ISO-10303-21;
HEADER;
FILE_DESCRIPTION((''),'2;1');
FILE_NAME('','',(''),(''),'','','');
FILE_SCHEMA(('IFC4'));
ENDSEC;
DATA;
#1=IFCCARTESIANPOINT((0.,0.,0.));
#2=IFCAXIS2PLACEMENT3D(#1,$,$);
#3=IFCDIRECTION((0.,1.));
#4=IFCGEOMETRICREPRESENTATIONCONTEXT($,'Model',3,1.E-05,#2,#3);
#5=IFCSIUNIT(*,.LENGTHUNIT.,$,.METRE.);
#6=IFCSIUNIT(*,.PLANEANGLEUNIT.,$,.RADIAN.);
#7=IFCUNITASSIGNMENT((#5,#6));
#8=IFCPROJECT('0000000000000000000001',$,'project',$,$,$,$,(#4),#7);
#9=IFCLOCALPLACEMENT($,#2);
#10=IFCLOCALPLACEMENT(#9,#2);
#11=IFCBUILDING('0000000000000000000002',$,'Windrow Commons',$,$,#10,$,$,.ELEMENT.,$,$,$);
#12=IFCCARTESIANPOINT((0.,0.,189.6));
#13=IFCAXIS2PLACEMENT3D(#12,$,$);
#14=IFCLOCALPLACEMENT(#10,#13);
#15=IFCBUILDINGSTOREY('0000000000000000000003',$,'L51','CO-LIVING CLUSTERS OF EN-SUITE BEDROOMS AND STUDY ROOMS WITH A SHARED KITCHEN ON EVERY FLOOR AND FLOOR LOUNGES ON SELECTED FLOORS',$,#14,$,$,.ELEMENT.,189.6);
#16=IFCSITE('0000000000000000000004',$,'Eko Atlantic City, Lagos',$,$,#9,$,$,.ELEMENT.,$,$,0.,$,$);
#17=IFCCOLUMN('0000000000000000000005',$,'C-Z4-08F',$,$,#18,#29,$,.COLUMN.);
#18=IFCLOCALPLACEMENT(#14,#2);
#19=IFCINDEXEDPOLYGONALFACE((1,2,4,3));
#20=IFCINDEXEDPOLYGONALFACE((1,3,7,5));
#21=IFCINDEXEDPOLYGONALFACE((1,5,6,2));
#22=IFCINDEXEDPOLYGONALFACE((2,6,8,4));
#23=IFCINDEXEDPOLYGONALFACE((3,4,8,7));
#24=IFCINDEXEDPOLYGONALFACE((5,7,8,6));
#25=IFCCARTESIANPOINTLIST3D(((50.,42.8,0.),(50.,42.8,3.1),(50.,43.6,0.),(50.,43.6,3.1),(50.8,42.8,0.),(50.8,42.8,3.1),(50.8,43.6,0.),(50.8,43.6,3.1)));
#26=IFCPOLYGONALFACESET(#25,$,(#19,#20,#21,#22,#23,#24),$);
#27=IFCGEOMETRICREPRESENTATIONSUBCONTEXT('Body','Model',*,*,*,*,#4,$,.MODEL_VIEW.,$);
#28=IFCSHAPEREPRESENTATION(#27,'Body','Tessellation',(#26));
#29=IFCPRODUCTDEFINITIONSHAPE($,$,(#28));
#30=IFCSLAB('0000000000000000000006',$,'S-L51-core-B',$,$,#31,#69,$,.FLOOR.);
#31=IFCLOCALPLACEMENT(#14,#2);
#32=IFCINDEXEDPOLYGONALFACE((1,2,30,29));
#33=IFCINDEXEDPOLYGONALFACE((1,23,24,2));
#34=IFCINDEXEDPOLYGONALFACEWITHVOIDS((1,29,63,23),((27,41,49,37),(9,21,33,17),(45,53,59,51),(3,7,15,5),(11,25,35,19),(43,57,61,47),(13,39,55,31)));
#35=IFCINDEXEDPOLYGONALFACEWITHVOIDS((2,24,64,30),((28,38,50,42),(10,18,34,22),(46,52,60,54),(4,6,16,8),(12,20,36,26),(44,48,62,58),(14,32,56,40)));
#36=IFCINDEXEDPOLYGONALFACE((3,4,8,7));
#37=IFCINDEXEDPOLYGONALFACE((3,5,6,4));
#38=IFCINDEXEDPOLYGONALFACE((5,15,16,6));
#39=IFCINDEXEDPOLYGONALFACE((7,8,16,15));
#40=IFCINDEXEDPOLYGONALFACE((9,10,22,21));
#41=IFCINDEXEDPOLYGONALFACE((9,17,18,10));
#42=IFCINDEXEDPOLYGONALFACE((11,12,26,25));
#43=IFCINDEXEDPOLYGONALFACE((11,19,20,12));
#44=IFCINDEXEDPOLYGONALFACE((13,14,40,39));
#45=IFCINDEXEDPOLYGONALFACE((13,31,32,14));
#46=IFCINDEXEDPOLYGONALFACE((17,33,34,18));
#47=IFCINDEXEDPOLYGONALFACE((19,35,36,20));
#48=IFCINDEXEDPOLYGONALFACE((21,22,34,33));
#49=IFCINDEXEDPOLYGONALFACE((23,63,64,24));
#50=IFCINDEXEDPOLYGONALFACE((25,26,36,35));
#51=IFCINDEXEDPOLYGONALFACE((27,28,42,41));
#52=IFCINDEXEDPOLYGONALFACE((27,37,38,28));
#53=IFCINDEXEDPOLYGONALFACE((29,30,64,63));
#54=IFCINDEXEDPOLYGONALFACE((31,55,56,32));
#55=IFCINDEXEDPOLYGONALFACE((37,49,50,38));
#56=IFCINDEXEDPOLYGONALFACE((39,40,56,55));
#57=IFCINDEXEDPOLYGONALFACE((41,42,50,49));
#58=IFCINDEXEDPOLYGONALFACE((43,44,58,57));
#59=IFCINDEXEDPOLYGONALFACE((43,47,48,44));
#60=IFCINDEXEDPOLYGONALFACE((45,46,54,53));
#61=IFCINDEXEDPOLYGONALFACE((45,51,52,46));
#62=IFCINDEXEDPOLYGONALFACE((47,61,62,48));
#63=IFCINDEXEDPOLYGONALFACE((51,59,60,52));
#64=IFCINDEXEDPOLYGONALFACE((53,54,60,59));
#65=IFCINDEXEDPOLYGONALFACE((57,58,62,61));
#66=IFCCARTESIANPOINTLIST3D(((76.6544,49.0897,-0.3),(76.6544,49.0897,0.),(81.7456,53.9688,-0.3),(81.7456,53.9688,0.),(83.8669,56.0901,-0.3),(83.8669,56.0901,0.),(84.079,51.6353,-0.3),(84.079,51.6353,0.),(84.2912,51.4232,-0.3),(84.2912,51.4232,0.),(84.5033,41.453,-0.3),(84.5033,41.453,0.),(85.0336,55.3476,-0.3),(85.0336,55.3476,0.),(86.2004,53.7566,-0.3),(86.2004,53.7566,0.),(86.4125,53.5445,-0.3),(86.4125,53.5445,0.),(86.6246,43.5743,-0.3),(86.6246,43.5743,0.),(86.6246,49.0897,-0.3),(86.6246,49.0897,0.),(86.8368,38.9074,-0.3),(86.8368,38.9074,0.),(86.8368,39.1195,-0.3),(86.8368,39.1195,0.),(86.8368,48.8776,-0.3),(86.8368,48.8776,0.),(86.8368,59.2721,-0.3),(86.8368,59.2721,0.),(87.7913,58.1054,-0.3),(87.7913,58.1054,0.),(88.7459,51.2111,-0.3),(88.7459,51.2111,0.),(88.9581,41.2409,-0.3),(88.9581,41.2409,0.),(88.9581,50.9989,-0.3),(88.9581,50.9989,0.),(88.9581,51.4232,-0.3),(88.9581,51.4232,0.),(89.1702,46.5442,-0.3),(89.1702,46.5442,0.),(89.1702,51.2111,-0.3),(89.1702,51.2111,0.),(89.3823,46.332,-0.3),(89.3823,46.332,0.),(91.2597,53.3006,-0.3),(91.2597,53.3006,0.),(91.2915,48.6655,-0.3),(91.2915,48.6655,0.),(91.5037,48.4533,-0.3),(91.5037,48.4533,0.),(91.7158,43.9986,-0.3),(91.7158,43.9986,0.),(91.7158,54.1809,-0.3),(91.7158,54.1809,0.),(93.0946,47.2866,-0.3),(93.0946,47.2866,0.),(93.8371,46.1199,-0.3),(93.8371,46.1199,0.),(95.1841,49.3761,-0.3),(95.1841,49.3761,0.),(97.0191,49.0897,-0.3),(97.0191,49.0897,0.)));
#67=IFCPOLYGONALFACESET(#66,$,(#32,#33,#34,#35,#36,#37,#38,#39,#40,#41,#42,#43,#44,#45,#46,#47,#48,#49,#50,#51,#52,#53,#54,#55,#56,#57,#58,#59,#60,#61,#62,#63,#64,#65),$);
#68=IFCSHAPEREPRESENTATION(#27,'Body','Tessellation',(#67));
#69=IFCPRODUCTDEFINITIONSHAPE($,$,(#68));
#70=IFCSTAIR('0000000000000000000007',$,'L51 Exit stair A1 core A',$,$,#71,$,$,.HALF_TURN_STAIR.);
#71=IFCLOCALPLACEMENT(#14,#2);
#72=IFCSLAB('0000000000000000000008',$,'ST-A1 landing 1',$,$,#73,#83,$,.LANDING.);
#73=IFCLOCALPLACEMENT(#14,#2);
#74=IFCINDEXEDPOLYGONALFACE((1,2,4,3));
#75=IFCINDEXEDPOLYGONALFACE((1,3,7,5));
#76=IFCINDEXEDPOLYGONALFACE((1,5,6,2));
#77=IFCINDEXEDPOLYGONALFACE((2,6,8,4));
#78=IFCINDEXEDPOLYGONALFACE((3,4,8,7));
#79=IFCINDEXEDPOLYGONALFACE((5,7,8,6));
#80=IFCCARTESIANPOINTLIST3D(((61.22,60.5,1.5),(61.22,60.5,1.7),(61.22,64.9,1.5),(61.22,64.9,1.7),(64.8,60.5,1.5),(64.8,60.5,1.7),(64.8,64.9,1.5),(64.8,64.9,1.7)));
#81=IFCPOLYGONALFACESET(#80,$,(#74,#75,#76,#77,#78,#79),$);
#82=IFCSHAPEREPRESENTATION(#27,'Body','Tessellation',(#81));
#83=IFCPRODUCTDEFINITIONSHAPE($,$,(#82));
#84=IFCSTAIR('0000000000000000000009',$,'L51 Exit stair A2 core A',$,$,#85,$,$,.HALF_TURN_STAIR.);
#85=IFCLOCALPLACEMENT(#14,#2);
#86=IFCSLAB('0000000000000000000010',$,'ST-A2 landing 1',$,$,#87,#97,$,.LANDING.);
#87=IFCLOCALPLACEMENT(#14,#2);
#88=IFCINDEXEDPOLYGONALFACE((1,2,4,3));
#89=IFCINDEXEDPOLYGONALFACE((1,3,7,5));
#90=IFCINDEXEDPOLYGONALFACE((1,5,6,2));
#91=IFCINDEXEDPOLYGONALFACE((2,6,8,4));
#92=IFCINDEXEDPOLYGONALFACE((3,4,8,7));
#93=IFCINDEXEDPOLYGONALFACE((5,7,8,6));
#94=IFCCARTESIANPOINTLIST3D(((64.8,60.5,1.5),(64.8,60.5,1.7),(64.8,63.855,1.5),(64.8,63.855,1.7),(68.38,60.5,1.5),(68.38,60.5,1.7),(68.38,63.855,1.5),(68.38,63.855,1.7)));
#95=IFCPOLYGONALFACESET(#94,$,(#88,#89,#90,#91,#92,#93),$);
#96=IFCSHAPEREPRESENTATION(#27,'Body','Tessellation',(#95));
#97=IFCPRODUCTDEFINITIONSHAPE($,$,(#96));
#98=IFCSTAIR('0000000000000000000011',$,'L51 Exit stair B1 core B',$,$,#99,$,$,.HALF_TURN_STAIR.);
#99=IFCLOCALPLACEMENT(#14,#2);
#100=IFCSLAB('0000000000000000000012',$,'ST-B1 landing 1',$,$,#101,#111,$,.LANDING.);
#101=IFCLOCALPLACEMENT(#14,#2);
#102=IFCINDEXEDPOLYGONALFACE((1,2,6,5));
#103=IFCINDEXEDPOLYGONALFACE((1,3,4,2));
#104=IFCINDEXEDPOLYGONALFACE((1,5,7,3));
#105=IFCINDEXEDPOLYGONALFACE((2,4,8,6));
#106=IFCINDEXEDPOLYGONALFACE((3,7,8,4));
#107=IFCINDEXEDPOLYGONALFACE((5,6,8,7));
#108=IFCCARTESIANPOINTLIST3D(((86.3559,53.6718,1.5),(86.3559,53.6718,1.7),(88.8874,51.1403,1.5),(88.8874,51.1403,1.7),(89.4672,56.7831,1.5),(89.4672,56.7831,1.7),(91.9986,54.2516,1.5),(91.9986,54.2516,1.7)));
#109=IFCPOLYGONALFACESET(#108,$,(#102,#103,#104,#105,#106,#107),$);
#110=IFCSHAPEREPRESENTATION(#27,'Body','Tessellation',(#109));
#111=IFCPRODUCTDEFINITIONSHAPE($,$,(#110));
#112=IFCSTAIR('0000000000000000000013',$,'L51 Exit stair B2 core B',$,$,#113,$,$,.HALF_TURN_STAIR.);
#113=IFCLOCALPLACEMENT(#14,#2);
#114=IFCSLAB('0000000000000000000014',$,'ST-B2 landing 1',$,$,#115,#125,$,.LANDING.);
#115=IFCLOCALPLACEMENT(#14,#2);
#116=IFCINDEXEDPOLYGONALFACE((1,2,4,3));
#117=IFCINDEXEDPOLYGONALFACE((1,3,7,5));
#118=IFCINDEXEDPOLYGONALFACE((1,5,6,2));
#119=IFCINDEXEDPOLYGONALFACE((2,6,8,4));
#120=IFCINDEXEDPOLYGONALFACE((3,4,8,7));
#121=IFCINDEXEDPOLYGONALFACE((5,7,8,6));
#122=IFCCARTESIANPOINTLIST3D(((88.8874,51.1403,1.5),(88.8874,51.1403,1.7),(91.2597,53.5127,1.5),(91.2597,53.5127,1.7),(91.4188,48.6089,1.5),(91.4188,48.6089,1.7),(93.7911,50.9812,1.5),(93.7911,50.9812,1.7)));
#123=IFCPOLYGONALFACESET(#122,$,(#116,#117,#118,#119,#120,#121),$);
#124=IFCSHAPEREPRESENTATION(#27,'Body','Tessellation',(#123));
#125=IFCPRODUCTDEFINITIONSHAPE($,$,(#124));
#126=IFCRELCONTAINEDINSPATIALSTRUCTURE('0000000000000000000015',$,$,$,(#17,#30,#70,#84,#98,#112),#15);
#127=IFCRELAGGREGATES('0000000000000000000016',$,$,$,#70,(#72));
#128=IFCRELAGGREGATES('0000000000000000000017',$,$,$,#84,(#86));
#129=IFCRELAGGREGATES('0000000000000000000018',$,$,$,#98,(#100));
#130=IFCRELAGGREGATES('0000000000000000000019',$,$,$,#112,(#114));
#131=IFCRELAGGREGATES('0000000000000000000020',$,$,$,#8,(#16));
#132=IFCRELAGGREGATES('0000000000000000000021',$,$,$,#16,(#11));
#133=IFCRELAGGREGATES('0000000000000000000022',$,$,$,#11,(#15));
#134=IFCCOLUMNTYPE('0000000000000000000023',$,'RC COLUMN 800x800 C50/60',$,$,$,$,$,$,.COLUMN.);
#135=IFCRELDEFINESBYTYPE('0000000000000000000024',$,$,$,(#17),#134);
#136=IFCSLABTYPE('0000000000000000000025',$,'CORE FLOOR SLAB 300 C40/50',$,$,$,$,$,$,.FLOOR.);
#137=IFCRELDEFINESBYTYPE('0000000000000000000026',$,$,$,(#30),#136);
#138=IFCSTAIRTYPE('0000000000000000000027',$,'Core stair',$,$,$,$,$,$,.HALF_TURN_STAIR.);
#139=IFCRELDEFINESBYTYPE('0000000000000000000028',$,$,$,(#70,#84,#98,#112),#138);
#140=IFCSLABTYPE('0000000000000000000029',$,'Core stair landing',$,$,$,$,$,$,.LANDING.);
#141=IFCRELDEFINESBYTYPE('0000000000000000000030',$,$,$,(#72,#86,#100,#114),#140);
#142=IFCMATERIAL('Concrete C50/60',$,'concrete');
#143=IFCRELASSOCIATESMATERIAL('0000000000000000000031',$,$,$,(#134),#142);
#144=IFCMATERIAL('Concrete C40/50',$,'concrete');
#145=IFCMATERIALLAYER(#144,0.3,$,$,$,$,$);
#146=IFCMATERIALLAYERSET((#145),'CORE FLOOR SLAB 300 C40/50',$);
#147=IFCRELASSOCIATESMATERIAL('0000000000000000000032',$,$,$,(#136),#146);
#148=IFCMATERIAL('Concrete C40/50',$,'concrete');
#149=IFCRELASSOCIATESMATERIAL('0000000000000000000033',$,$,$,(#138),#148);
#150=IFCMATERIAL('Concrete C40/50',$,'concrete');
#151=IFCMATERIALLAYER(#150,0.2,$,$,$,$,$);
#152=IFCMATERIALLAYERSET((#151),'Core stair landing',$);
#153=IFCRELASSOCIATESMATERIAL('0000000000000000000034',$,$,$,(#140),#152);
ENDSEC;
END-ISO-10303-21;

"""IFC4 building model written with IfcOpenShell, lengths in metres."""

from ifc_helpers import new_model, si_unit, direction, frame, origin, origin_2d, place, context, subcontext, project, spatial, polyline, rectangle, outline, extrude, material, layer, layer_set, material_profile, profile_set, type_object, element, aggregate, save


model = new_model("IFC4")

# Units and contexts
model_context = context("Model", 3, precision=1e-05, world=origin(), true_north=direction((0.0, 1.0)))
body_context = subcontext(model_context, "Body", "Model", "MODEL_VIEW")
ifc_project = project(units=[si_unit("LENGTHUNIT", "METRE"), si_unit("PLANEANGLEUNIT", "RADIAN")], contexts=[model_context])

# Site, building, storey
site_placement = place(None, origin())
site = spatial("IfcSite", under=ifc_project, at=site_placement, Name="Eko Atlantic City, Lagos", CompositionType="ELEMENT", RefElevation=0.0)
building_placement = place(site_placement, origin())
building = spatial("IfcBuilding", under=site, at=building_placement, Name="Windrow Commons", CompositionType="ELEMENT")
storey_placement = place(building_placement, frame((0.0, 0.0, 189.6)))
storey = spatial("IfcBuildingStorey", under=building, at=storey_placement, Name="L51", Description="CO-LIVING CLUSTERS OF EN-SUITE BEDROOMS AND STUDY ROOMS WITH A SHARED KITCHEN ON EVERY FLOOR AND FLOOR LOUNGES ON SELECTED FLOORS", CompositionType="ELEMENT", Elevation=189.6)

# Column
ifc_material_1 = material(Name="Concrete C50/60", Category="concrete")
ifc_material_profile = material_profile(ifc_material_1, rectangle(XDim=0.8, YDim=0.8, at=origin_2d()))
ifc_profile_set = profile_set([ifc_material_profile], Name="Concrete C50/60")
column_type = type_object("IfcColumnType", Name="RC COLUMN 800x800 C50/60", PredefinedType="COLUMN", material=ifc_profile_set)
column_placement = place(storey_placement, frame((50.4, 43.2, 0.0), z_axis=(0.0, 0.0, 1.0), x_axis=(1.0, 0.0, 0.0)))
element("IfcColumn", 1, at=column_placement, inside=storey, type_object=column_type, Name="C-Z4-08F", PredefinedType="COLUMN", context=body_context, shape_type="SweptSolid", body=[
    extrude(rectangle(XDim=0.8, YDim=0.8, at=origin_2d()), origin(), (0.0, 0.0, 1.0), 3.1),
])

# Slab, openings
ifc_material_2 = material(Name="Concrete C40/50", Category="concrete")
ifc_layer_1 = layer(ifc_material_2, 0.3)
ifc_layer_set_1 = layer_set([ifc_layer_1], Name="CORE FLOOR SLAB 300 C40/50")
slab_type_1 = type_object("IfcSlabType", Name="CORE FLOOR SLAB 300 C40/50", PredefinedType="FLOOR", material=ifc_layer_set_1)
placement_1 = place(storey_placement, frame((0.0, 0.0, -0.3)))
slab_1 = element("IfcSlab", 2, at=placement_1, inside=storey, type_object=slab_type_1, Name="S-L51-core-B", PredefinedType="FLOOR", context=body_context, shape_type="SweptSolid", body=[
    extrude(outline(polyline([(76.6544, 49.0897), (86.8368, 38.9074), (97.0191, 49.0897), (86.8368, 59.2721), (76.6544, 49.0897)]), holes=[polyline([(84.5033, 41.453), (86.8368, 39.1195), (88.9581, 41.2409), (86.6246, 43.5743), (84.5033, 41.453)]), polyline([(81.7456, 53.9688), (84.079, 51.6353), (86.2004, 53.7566), (83.8669, 56.0901), (81.7456, 53.9688)]), polyline([(84.2912, 51.4232), (86.6246, 49.0897), (88.7459, 51.2111), (86.4125, 53.5445), (84.2912, 51.4232)]), polyline([(86.8368, 48.8776), (89.1702, 46.5442), (91.2915, 48.6655), (88.9581, 50.9989), (86.8368, 48.8776)]), polyline([(89.3823, 46.332), (91.7158, 43.9986), (93.8371, 46.1199), (91.5037, 48.4533), (89.3823, 46.332)]), polyline([(85.0336, 55.3476), (88.9581, 51.4232), (91.7158, 54.1809), (87.7913, 58.1054), (85.0336, 55.3476)]), polyline([(89.1702, 51.2111), (93.0946, 47.2866), (95.1841, 49.3761), (91.2597, 53.3006), (89.1702, 51.2111)])]), origin(), (0.0, 0.0, 1.0), 0.3),
])
opening_1_placement = place(placement_1, origin())
element("IfcOpeningElement", 3, at=opening_1_placement, cuts=slab_1, PredefinedType="OPENING", context=body_context, shape_type="SweptSolid", body=[
    extrude(outline(polyline([(84.5104, 41.453), (86.6246, 43.5672), (88.951, 41.2409), (86.8368, 39.1266), (84.5104, 41.453)])), origin(), (0.0, 0.0, 1.0), 0.3),
])
opening_2_placement = place(placement_1, origin())
element("IfcOpeningElement", 4, at=opening_2_placement, cuts=slab_1, PredefinedType="OPENING", context=body_context, shape_type="SweptSolid", body=[
    extrude(outline(polyline([(81.7527, 53.9688), (83.8669, 56.083), (86.1933, 53.7566), (84.079, 51.6424), (81.7527, 53.9688)])), origin(), (0.0, 0.0, 1.0), 0.3),
])
opening_3_placement = place(placement_1, origin())
element("IfcOpeningElement", 5, at=opening_3_placement, cuts=slab_1, PredefinedType="OPENING", context=body_context, shape_type="SweptSolid", body=[
    extrude(outline(polyline([(84.2983, 51.4232), (86.4125, 53.5374), (88.7388, 51.2111), (86.6246, 49.0968), (84.2983, 51.4232)])), origin(), (0.0, 0.0, 1.0), 0.3),
])
opening_4_placement = place(placement_1, origin())
element("IfcOpeningElement", 6, at=opening_4_placement, cuts=slab_1, PredefinedType="OPENING", context=body_context, shape_type="SweptSolid", body=[
    extrude(outline(polyline([(86.8439, 48.8776), (88.9581, 50.9918), (91.2844, 48.6655), (89.1702, 46.5513), (86.8439, 48.8776)])), origin(), (0.0, 0.0, 1.0), 0.3),
])
opening_5_placement = place(placement_1, origin())
element("IfcOpeningElement", 7, at=opening_5_placement, cuts=slab_1, PredefinedType="OPENING", context=body_context, shape_type="SweptSolid", body=[
    extrude(outline(polyline([(89.3894, 46.332), (91.5037, 48.4462), (93.83, 46.1199), (91.7158, 44.0057), (89.3894, 46.332)])), origin(), (0.0, 0.0, 1.0), 0.3),
])
opening_6_placement = place(placement_1, origin())
element("IfcOpeningElement", 8, at=opening_6_placement, cuts=slab_1, PredefinedType="OPENING", context=body_context, shape_type="SweptSolid", body=[
    extrude(outline(polyline([(85.0407, 55.3476), (87.7913, 58.0983), (91.7087, 54.1809), (88.9581, 51.4303), (85.0407, 55.3476)])), origin(), (0.0, 0.0, 1.0), 0.3),
])
opening_7_placement = place(placement_1, origin())
element("IfcOpeningElement", 9, at=opening_7_placement, cuts=slab_1, PredefinedType="OPENING", context=body_context, shape_type="SweptSolid", body=[
    extrude(outline(polyline([(89.1773, 51.2111), (91.2597, 53.2935), (95.177, 49.3761), (93.0946, 47.2937), (89.1773, 51.2111)])), origin(), (0.0, 0.0, 1.0), 0.3),
])

# Stairs, slabs
ifc_material_3 = material(Name="Concrete C40/50", Category="concrete")
stair_type = type_object("IfcStairType", Name="Core stair", PredefinedType="HALF_TURN_STAIR", material=ifc_material_3)
placement_2 = place(storey_placement, origin())
stair_1 = element("IfcStair", 10, at=placement_2, inside=storey, type_object=stair_type, Name="L51 Exit stair A1 core A", PredefinedType="HALF_TURN_STAIR")
ifc_material_4 = material(Name="Concrete C40/50", Category="concrete")
ifc_layer_2 = layer(ifc_material_4, 0.2)
ifc_layer_set_2 = layer_set([ifc_layer_2], Name="Core stair landing")
slab_type_2 = type_object("IfcSlabType", Name="Core stair landing", PredefinedType="LANDING", material=ifc_layer_set_2)
placement_3 = place(storey_placement, frame((0.0, 0.0, 1.5)))
slab_2 = element("IfcSlab", 11, at=placement_3, type_object=slab_type_2, Name="ST-A1 landing 1", PredefinedType="LANDING", context=body_context, shape_type="SweptSolid", body=[
    extrude(outline(polyline([(61.22, 60.5), (64.8, 60.5), (64.8, 64.9), (61.22, 64.9), (61.22, 60.5)])), origin(), (0.0, 0.0, 1.0), 0.2),
])
aggregate(stair_1, [slab_2])
stair_2 = element("IfcStair", 12, at=placement_2, inside=storey, type_object=stair_type, Name="L51 Exit stair A2 core A", PredefinedType="HALF_TURN_STAIR")
slab_3 = element("IfcSlab", 13, at=placement_3, type_object=slab_type_2, Name="ST-A2 landing 1", PredefinedType="LANDING", context=body_context, shape_type="SweptSolid", body=[
    extrude(outline(polyline([(64.8, 60.5), (68.38, 60.5), (68.38, 63.855), (64.8, 63.855), (64.8, 60.5)])), origin(), (0.0, 0.0, 1.0), 0.2),
])
aggregate(stair_2, [slab_3])
stair_3 = element("IfcStair", 14, at=placement_2, inside=storey, type_object=stair_type, Name="L51 Exit stair B1 core B", PredefinedType="HALF_TURN_STAIR")
slab_4 = element("IfcSlab", 15, at=placement_3, type_object=slab_type_2, Name="ST-B1 landing 1", PredefinedType="LANDING", context=body_context, shape_type="SweptSolid", body=[
    extrude(outline(polyline([(86.3559, 53.6718), (88.8874, 51.1403), (91.9986, 54.2516), (89.4672, 56.7831), (86.3559, 53.6718)])), origin(), (0.0, 0.0, 1.0), 0.2),
])
aggregate(stair_3, [slab_4])
stair_4 = element("IfcStair", 16, at=placement_2, inside=storey, type_object=stair_type, Name="L51 Exit stair B2 core B", PredefinedType="HALF_TURN_STAIR")
slab_5 = element("IfcSlab", 17, at=placement_3, type_object=slab_type_2, Name="ST-B2 landing 1", PredefinedType="LANDING", context=body_context, shape_type="SweptSolid", body=[
    extrude(outline(polyline([(88.8874, 51.1403), (91.4188, 48.6089), (93.7911, 50.9812), (91.2597, 53.5127), (88.8874, 51.1403)])), origin(), (0.0, 0.0, 1.0), 0.2),
])
aggregate(stair_4, [slab_5])

save(model, "model.ifc")
